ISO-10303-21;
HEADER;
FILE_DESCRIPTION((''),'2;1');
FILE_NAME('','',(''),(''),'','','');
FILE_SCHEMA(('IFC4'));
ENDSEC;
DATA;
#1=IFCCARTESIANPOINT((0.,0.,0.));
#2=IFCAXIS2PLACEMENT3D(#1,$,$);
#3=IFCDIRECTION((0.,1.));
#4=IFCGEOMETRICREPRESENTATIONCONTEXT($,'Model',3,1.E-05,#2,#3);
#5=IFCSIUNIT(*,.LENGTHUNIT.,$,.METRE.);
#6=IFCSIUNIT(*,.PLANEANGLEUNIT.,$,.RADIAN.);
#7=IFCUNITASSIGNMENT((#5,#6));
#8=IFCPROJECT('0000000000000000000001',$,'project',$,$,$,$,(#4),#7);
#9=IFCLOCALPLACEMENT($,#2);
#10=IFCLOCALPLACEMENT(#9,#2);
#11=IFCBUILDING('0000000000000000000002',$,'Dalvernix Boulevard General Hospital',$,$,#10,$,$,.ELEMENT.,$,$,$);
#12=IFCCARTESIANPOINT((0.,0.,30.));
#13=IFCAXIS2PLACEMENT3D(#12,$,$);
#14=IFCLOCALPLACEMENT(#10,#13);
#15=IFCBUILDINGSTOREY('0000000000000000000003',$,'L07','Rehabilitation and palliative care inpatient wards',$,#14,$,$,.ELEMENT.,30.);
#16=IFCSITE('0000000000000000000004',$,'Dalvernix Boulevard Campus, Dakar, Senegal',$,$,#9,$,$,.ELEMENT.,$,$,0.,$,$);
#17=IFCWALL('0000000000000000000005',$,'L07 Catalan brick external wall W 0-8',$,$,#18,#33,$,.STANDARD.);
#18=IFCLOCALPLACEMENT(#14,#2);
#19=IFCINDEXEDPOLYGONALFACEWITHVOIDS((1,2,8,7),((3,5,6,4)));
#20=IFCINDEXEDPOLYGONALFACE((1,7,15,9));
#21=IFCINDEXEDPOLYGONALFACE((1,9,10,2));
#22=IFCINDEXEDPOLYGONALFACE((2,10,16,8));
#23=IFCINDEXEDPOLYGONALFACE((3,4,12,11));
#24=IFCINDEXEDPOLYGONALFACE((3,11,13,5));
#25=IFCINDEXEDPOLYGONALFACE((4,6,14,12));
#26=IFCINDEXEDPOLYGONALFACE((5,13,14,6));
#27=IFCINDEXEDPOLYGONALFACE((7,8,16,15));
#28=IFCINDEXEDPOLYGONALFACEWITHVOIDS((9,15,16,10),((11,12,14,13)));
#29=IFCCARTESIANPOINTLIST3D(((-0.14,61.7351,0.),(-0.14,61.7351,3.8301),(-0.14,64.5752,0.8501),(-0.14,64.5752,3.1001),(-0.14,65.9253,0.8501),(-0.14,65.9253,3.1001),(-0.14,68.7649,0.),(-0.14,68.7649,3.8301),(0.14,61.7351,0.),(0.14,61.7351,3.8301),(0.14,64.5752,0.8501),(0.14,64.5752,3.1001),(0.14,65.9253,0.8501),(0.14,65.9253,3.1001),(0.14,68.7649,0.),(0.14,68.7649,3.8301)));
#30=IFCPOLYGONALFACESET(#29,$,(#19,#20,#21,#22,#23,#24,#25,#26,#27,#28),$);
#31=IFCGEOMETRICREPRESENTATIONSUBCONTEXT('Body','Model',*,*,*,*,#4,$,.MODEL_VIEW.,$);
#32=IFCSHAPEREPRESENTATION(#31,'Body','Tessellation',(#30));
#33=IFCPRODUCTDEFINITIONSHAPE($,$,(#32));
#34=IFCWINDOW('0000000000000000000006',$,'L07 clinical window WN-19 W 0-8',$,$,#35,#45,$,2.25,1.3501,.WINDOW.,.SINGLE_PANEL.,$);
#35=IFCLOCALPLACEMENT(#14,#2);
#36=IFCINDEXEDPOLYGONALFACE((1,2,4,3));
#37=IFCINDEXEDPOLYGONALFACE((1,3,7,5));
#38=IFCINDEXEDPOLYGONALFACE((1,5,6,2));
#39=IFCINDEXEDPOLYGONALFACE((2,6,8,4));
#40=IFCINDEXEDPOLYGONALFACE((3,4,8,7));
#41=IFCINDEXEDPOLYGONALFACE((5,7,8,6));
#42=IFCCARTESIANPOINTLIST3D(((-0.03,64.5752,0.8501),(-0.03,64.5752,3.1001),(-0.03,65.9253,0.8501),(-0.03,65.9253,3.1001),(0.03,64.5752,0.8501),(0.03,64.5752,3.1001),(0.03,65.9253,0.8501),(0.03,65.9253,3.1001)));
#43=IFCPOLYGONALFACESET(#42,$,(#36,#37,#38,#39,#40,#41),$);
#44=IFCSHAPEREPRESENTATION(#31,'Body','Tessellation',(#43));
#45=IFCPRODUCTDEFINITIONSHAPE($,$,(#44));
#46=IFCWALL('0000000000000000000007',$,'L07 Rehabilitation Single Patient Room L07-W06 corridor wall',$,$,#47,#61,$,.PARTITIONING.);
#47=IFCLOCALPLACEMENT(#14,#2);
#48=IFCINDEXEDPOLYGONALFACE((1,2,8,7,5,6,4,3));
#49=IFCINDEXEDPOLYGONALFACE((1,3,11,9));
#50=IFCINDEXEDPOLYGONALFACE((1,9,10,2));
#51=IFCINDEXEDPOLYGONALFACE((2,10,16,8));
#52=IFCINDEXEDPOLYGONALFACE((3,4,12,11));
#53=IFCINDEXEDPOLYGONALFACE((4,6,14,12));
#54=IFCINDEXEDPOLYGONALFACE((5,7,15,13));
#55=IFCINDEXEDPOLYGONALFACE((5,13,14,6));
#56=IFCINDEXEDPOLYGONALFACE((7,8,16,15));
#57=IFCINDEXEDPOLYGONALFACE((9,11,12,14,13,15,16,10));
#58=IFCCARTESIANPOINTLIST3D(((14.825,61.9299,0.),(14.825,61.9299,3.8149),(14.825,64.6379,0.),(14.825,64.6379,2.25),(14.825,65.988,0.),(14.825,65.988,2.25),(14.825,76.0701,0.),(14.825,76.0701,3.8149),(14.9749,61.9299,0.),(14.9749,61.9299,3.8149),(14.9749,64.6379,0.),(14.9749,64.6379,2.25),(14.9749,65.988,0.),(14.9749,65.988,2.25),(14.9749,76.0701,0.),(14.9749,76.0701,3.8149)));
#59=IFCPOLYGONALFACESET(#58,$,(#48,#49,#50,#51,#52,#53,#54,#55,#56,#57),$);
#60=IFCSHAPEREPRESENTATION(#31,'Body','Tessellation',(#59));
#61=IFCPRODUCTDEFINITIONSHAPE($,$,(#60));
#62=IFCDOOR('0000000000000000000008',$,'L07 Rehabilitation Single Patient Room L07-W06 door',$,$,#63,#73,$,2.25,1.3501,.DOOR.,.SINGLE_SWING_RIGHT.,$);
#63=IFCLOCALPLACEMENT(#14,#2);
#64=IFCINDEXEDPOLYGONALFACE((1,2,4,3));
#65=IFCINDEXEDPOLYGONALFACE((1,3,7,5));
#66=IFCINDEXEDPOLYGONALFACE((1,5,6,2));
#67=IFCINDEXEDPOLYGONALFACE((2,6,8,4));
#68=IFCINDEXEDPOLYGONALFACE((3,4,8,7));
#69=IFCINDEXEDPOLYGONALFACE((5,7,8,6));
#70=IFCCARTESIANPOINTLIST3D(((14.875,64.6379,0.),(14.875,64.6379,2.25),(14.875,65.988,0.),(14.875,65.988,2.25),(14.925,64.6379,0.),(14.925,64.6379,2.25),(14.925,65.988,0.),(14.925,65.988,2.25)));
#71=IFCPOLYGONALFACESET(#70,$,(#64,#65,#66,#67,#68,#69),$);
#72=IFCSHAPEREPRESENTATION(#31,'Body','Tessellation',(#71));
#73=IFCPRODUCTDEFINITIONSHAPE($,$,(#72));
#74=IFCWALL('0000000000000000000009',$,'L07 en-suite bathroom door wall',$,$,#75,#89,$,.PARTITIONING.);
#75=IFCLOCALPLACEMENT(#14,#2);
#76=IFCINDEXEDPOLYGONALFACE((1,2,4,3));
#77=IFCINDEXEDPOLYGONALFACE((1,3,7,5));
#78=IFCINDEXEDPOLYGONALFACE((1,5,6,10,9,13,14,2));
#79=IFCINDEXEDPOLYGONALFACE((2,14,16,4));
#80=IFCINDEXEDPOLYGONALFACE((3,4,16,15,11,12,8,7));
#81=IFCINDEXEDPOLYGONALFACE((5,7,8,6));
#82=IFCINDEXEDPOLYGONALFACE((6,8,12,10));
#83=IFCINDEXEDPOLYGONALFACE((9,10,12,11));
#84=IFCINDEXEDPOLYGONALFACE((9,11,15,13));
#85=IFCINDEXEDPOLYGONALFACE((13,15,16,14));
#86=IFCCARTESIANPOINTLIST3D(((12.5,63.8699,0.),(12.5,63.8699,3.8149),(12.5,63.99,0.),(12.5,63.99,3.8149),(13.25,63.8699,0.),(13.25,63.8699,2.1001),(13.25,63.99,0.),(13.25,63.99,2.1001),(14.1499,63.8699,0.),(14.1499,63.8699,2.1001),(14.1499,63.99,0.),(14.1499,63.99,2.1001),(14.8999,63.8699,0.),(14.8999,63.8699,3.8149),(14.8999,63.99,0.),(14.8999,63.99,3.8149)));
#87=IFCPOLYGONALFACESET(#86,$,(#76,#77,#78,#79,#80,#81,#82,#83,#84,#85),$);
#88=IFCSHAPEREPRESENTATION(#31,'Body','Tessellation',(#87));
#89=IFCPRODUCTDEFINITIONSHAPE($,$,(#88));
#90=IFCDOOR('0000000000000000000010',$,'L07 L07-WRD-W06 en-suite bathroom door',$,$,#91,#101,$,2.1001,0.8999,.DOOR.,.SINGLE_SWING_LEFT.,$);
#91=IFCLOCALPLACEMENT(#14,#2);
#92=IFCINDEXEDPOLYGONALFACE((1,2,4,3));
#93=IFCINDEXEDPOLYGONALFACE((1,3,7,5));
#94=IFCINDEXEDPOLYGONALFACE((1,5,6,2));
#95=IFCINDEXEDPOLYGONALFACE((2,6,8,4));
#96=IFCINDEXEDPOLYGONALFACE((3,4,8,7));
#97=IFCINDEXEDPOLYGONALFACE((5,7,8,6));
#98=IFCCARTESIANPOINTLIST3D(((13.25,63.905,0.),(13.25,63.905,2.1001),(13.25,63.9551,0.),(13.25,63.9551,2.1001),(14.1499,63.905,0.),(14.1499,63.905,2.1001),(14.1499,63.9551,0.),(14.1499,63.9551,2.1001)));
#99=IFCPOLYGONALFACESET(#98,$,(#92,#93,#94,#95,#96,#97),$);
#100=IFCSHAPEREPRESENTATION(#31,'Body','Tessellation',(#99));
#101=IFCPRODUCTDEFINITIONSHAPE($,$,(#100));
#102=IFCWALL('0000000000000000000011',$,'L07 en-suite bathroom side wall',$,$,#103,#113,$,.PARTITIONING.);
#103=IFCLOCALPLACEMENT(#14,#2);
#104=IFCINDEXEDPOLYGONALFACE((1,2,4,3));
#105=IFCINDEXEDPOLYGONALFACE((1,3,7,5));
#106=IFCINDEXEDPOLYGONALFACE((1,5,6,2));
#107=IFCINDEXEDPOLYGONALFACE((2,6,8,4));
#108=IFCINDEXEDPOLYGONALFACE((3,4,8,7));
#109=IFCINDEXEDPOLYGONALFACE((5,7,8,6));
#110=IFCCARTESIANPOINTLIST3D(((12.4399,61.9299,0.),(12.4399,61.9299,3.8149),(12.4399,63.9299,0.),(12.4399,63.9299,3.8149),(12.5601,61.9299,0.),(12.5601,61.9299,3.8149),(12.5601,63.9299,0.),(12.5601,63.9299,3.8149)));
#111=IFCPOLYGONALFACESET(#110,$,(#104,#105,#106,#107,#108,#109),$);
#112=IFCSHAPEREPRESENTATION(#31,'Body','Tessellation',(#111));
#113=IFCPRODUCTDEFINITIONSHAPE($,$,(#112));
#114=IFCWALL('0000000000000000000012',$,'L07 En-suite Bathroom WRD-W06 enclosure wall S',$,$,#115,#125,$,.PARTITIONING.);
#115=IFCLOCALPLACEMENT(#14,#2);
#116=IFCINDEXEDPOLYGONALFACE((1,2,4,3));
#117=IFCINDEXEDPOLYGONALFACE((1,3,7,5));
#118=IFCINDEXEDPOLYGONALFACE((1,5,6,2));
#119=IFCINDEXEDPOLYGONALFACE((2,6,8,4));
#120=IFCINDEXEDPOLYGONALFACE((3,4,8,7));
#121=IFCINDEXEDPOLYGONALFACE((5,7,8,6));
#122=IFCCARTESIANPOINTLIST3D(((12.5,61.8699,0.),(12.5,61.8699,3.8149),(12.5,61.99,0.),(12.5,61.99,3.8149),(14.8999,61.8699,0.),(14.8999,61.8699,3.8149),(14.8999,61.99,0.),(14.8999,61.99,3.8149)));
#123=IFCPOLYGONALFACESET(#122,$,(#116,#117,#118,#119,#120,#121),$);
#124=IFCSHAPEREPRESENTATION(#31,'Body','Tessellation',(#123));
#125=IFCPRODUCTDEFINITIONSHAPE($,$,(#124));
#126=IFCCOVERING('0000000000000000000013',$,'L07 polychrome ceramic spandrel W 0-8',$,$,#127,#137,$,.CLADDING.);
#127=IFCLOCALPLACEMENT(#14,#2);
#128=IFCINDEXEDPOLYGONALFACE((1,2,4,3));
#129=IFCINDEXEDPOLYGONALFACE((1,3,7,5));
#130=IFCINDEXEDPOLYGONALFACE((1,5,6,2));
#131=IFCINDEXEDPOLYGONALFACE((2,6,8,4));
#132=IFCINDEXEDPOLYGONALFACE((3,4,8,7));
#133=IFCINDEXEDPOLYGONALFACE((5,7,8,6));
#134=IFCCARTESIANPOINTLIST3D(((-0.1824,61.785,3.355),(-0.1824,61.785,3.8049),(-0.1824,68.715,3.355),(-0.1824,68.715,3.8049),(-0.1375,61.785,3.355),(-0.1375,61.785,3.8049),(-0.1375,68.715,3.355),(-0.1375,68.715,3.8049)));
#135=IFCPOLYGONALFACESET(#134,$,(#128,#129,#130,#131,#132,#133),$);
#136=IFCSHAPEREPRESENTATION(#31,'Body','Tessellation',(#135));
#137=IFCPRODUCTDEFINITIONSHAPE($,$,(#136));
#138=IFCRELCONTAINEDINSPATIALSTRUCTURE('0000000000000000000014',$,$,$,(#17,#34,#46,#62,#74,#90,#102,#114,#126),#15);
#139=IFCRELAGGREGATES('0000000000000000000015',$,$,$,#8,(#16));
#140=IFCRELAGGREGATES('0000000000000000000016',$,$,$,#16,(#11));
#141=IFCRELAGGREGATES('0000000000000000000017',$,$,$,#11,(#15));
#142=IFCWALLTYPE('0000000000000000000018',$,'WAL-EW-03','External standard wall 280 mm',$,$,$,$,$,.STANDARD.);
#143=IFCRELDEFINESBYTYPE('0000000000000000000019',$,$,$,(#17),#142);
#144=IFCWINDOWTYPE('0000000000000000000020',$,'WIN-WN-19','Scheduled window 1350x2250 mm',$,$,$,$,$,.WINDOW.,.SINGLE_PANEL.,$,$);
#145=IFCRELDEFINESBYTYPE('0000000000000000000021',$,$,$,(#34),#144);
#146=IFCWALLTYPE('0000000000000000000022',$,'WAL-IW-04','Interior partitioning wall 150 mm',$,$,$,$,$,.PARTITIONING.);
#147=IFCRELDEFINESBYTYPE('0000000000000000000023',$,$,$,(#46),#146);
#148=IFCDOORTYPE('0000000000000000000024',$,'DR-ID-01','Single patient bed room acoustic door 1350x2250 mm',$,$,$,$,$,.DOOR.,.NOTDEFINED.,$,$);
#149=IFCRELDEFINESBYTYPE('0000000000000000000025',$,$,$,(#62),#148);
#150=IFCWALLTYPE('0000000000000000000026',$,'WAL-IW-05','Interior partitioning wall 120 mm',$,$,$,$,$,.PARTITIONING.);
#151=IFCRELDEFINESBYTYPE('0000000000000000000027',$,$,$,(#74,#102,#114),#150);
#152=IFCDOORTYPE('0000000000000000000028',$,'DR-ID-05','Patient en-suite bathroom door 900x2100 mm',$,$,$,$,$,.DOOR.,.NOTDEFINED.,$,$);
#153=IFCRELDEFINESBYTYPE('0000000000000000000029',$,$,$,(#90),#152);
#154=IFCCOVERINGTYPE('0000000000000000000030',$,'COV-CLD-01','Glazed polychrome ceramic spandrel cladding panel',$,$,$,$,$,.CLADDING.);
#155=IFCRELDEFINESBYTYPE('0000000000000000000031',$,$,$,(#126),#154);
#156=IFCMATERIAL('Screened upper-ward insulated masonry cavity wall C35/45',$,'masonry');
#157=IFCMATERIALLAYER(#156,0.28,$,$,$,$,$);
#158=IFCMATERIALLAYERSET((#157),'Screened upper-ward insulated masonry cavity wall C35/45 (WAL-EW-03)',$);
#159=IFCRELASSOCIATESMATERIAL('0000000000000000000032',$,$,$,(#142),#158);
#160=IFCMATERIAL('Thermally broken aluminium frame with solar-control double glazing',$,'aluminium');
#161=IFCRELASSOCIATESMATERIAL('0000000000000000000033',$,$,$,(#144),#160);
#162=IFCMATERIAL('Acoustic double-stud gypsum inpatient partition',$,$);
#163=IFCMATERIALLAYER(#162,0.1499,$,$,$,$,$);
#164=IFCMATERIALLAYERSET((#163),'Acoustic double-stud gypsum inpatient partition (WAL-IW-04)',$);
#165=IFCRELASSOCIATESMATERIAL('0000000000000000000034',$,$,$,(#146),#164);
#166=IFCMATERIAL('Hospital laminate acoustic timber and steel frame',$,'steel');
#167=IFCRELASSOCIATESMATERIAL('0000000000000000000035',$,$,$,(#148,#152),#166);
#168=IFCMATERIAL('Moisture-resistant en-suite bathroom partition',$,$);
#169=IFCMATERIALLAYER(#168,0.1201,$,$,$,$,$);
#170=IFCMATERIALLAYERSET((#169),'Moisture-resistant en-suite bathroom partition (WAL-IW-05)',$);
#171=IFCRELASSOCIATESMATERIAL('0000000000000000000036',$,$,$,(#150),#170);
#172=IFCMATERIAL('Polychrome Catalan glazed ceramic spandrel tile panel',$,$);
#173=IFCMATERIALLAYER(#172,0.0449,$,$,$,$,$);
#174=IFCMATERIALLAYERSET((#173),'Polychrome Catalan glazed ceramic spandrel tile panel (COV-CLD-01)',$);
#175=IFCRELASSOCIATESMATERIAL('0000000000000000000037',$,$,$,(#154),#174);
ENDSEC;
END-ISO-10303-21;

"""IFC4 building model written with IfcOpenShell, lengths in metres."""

from ifc_helpers import new_model, si_unit, direction, frame, frame_2d, origin, origin_2d, place, context, subcontext, project, spatial, rectangle, extrude, material, layer, layer_set, type_object, element, fill, save


model = new_model("IFC4")

# Units and contexts
model_context = context("Model", 3, precision=1e-05, world=origin(), true_north=direction((0.0, 1.0)))
body_context = subcontext(model_context, "Body", "Model", "MODEL_VIEW")
ifc_project = project(units=[si_unit("LENGTHUNIT", "METRE"), si_unit("PLANEANGLEUNIT", "RADIAN")], contexts=[model_context])

# Site, building, storey
site_placement = place(None, origin())
site = spatial("IfcSite", under=ifc_project, at=site_placement, Name="Dalvernix Boulevard Campus, Dakar, Senegal", CompositionType="ELEMENT", RefElevation=0.0)
building_placement = place(site_placement, origin())
building = spatial("IfcBuilding", under=site, at=building_placement, Name="Dalvernix Boulevard General Hospital", CompositionType="ELEMENT")
storey_placement = place(building_placement, frame((0.0, 0.0, 30.0)))
storey = spatial("IfcBuildingStorey", under=building, at=storey_placement, Name="L07", Description="Rehabilitation and palliative care inpatient wards", CompositionType="ELEMENT", Elevation=30.0)

# Wall, opening, window
ifc_material_1 = material(Name="Screened upper-ward insulated masonry cavity wall C35/45", Category="masonry")
ifc_layer_1 = layer(ifc_material_1, 0.28)
ifc_layer_set_1 = layer_set([ifc_layer_1], Name="Screened upper-ward insulated masonry cavity wall C35/45 (WAL-EW-03)")
wall_type_1 = type_object("IfcWallType", Name="WAL-EW-03", Description="External standard wall 280 mm", PredefinedType="STANDARD", material=ifc_layer_set_1)
wall_1_placement = place(storey_placement, frame((0.0, 61.7351, 0.0), z_axis=(0.0, 0.0, 1.0), x_axis=(0.0, 1.0, 0.0)))
wall_1 = element("IfcWall", 1, at=wall_1_placement, inside=storey, type_object=wall_type_1, Name="L07 Catalan brick external wall W 0-8", PredefinedType="STANDARD", context=body_context, shape_type="SweptSolid", body=[
    extrude(rectangle(XDim=7.0298, YDim=0.28, at=frame_2d((3.5149, 0.0))), origin(), (0.0, 0.0, 1.0), 3.8301),
])
opening_1_placement = place(wall_1_placement, frame((2.8401, 0.0, 0.8501)))
opening_1 = element("IfcOpeningElement", 2, at=opening_1_placement, cuts=wall_1, PredefinedType="OPENING", context=body_context, shape_type="SweptSolid", body=[
    extrude(rectangle(XDim=1.3501, YDim=2.25, at=frame_2d((0.675, 1.125))), frame((0.0, 0.1499, 0.0), z_axis=(0.0, -1.0, 0.0), x_axis=(1.0, 0.0, 0.0)), (0.0, 0.0, 1.0), 0.3),
])
ifc_material_2 = material(Name="Thermally broken aluminium frame with solar-control double glazing", Category="aluminium")
window_type = type_object("IfcWindowType", Name="WIN-WN-19", Description="Scheduled window 1350x2250 mm", PartitioningType="SINGLE_PANEL", PredefinedType="WINDOW", material=ifc_material_2)
window_placement = place(opening_1_placement, origin())
window = element("IfcWindow", 3, at=window_placement, inside=storey, type_object=window_type, Name="L07 clinical window WN-19 W 0-8", OverallHeight=2.25, OverallWidth=1.3501, PartitioningType="SINGLE_PANEL", PredefinedType="WINDOW", context=body_context, shape_type="SweptSolid", body=[
    extrude(rectangle(XDim=1.3501, YDim=2.25, at=frame_2d((0.675, 1.125))), frame((0.0, 0.03, 0.0), z_axis=(0.0, -1.0, 0.0), x_axis=(1.0, 0.0, 0.0)), (0.0, 0.0, 1.0), 0.0601),
])
fill(opening_1, window)

# Walls, openings, doors
ifc_material_3 = material(Name="Acoustic double-stud gypsum inpatient partition")
ifc_layer_2 = layer(ifc_material_3, 0.1499)
ifc_layer_set_2 = layer_set([ifc_layer_2], Name="Acoustic double-stud gypsum inpatient partition (WAL-IW-04)")
wall_type_2 = type_object("IfcWallType", Name="WAL-IW-04", Description="Interior partitioning wall 150 mm", PredefinedType="PARTITIONING", material=ifc_layer_set_2)
wall_2_placement = place(storey_placement, frame((14.8999, 61.9299, 0.0), z_axis=(0.0, 0.0, 1.0), x_axis=(0.0, 1.0, 0.0)))
wall_2 = element("IfcWall", 4, at=wall_2_placement, inside=storey, type_object=wall_type_2, Name="L07 Rehabilitation Single Patient Room L07-W06 corridor wall", PredefinedType="PARTITIONING", context=body_context, shape_type="SweptSolid", body=[
    extrude(rectangle(XDim=14.1401, YDim=0.1499, at=frame_2d((7.0701, 0.0))), origin(), (0.0, 0.0, 1.0), 3.8149),
])
opening_2_placement = place(wall_2_placement, frame((2.708, 0.0, 0.0)))
opening_2 = element("IfcOpeningElement", 5, at=opening_2_placement, cuts=wall_2, PredefinedType="OPENING", context=body_context, shape_type="SweptSolid", body=[
    extrude(rectangle(XDim=1.3501, YDim=2.25, at=frame_2d((0.675, 1.125))), frame((0.0, 0.085, 0.0), z_axis=(0.0, -1.0, 0.0), x_axis=(1.0, 0.0, 0.0)), (0.0, 0.0, 1.0), 0.1699),
])
ifc_material_4 = material(Name="Hospital laminate acoustic timber and steel frame", Category="steel")
door_type_1 = type_object("IfcDoorType", Name="DR-ID-01", Description="Single patient bed room acoustic door 1350x2250 mm", OperationType="NOTDEFINED", PredefinedType="DOOR", material=ifc_material_4)
door_1_placement = place(opening_2_placement, origin())
door_1 = element("IfcDoor", 6, at=door_1_placement, inside=storey, type_object=door_type_1, Name="L07 Rehabilitation Single Patient Room L07-W06 door", OperationType="SINGLE_SWING_RIGHT", OverallHeight=2.25, OverallWidth=1.3501, PredefinedType="DOOR", context=body_context, shape_type="SweptSolid", body=[
    extrude(rectangle(XDim=1.3501, YDim=2.25, at=frame_2d((0.675, 1.125))), frame((0.0, 0.0249, 0.0), z_axis=(0.0, -1.0, 0.0), x_axis=(1.0, 0.0, 0.0)), (0.0, 0.0, 1.0), 0.05),
])
fill(opening_2, door_1)
ifc_material_5 = material(Name="Moisture-resistant en-suite bathroom partition")
ifc_layer_3 = layer(ifc_material_5, 0.1201)
ifc_layer_set_3 = layer_set([ifc_layer_3], Name="Moisture-resistant en-suite bathroom partition (WAL-IW-05)")
wall_type_3 = type_object("IfcWallType", Name="WAL-IW-05", Description="Interior partitioning wall 120 mm", PredefinedType="PARTITIONING", material=ifc_layer_set_3)
wall_3_placement = place(storey_placement, frame((14.8999, 63.9299, 0.0), z_axis=(0.0, 0.0, 1.0), x_axis=(-1.0, 0.0, 0.0)))
wall_3 = element("IfcWall", 7, at=wall_3_placement, inside=storey, type_object=wall_type_3, Name="L07 en-suite bathroom door wall", PredefinedType="PARTITIONING", context=body_context, shape_type="SweptSolid", body=[
    extrude(rectangle(XDim=2.3999, YDim=0.1201, at=frame_2d((1.2, 0.0))), origin(), (0.0, 0.0, 1.0), 3.8149),
])
opening_3_placement = place(wall_3_placement, frame((0.75, 0.0, 0.0)))
opening_3 = element("IfcOpeningElement", 8, at=opening_3_placement, cuts=wall_3, PredefinedType="OPENING", context=body_context, shape_type="SweptSolid", body=[
    extrude(rectangle(XDim=0.8999, YDim=2.1001, at=frame_2d((0.45, 1.05))), frame((0.0, 0.0701, 0.0), z_axis=(0.0, -1.0, 0.0), x_axis=(1.0, 0.0, 0.0)), (0.0, 0.0, 1.0), 0.1401),
])
door_type_2 = type_object("IfcDoorType", Name="DR-ID-05", Description="Patient en-suite bathroom door 900x2100 mm", OperationType="NOTDEFINED", PredefinedType="DOOR", material=ifc_material_4)
door_2_placement = place(opening_3_placement, origin())
door_2 = element("IfcDoor", 9, at=door_2_placement, inside=storey, type_object=door_type_2, Name="L07 L07-WRD-W06 en-suite bathroom door", OperationType="SINGLE_SWING_LEFT", OverallHeight=2.1001, OverallWidth=0.8999, PredefinedType="DOOR", context=body_context, shape_type="SweptSolid", body=[
    extrude(rectangle(XDim=0.8999, YDim=2.1001, at=frame_2d((0.45, 1.05))), frame((0.0, 0.0249, 0.0), z_axis=(0.0, -1.0, 0.0), x_axis=(1.0, 0.0, 0.0)), (0.0, 0.0, 1.0), 0.05),
])
fill(opening_3, door_2)

# Walls
wall_4_placement = place(storey_placement, frame((12.5, 61.9299, 0.0), z_axis=(0.0, 0.0, 1.0), x_axis=(0.0, 1.0, 0.0)))
element("IfcWall", 10, at=wall_4_placement, inside=storey, type_object=wall_type_3, Name="L07 en-suite bathroom side wall", PredefinedType="PARTITIONING", context=body_context, shape_type="SweptSolid", body=[
    extrude(rectangle(XDim=2.0, YDim=0.1201, at=frame_2d((1.0, 0.0))), origin(), (0.0, 0.0, 1.0), 3.8149),
])
wall_5_placement = place(storey_placement, frame((12.5, 61.9299, 0.0), z_axis=(0.0, 0.0, 1.0), x_axis=(1.0, 0.0, 0.0)))
element("IfcWall", 11, at=wall_5_placement, inside=storey, type_object=wall_type_3, Name="L07 En-suite Bathroom WRD-W06 enclosure wall S", PredefinedType="PARTITIONING", context=body_context, shape_type="SweptSolid", body=[
    extrude(rectangle(XDim=2.3999, YDim=0.1201, at=frame_2d((1.2, 0.0))), origin(), (0.0, 0.0, 1.0), 3.8149),
])

# Covering
ifc_material_6 = material(Name="Polychrome Catalan glazed ceramic spandrel tile panel")
ifc_layer_4 = layer(ifc_material_6, 0.0449)
ifc_layer_set_4 = layer_set([ifc_layer_4], Name="Polychrome Catalan glazed ceramic spandrel tile panel (COV-CLD-01)")
covering_type = type_object("IfcCoveringType", Name="COV-CLD-01", Description="Glazed polychrome ceramic spandrel cladding panel", PredefinedType="CLADDING", material=ifc_layer_set_4)
covering_placement = place(storey_placement, frame((-0.1599, 65.25, 3.355), z_axis=(0.0, 0.0, 1.0), x_axis=(0.0, 1.0, 0.0)))
element("IfcCovering", 12, at=covering_placement, inside=storey, type_object=covering_type, Name="L07 polychrome ceramic spandrel W 0-8", PredefinedType="CLADDING", context=body_context, shape_type="SweptSolid", body=[
    extrude(rectangle(XDim=6.9299, YDim=0.0449, at=origin_2d()), origin(), (0.0, 0.0, 1.0), 0.45),
])

save(model, "model.ifc")
